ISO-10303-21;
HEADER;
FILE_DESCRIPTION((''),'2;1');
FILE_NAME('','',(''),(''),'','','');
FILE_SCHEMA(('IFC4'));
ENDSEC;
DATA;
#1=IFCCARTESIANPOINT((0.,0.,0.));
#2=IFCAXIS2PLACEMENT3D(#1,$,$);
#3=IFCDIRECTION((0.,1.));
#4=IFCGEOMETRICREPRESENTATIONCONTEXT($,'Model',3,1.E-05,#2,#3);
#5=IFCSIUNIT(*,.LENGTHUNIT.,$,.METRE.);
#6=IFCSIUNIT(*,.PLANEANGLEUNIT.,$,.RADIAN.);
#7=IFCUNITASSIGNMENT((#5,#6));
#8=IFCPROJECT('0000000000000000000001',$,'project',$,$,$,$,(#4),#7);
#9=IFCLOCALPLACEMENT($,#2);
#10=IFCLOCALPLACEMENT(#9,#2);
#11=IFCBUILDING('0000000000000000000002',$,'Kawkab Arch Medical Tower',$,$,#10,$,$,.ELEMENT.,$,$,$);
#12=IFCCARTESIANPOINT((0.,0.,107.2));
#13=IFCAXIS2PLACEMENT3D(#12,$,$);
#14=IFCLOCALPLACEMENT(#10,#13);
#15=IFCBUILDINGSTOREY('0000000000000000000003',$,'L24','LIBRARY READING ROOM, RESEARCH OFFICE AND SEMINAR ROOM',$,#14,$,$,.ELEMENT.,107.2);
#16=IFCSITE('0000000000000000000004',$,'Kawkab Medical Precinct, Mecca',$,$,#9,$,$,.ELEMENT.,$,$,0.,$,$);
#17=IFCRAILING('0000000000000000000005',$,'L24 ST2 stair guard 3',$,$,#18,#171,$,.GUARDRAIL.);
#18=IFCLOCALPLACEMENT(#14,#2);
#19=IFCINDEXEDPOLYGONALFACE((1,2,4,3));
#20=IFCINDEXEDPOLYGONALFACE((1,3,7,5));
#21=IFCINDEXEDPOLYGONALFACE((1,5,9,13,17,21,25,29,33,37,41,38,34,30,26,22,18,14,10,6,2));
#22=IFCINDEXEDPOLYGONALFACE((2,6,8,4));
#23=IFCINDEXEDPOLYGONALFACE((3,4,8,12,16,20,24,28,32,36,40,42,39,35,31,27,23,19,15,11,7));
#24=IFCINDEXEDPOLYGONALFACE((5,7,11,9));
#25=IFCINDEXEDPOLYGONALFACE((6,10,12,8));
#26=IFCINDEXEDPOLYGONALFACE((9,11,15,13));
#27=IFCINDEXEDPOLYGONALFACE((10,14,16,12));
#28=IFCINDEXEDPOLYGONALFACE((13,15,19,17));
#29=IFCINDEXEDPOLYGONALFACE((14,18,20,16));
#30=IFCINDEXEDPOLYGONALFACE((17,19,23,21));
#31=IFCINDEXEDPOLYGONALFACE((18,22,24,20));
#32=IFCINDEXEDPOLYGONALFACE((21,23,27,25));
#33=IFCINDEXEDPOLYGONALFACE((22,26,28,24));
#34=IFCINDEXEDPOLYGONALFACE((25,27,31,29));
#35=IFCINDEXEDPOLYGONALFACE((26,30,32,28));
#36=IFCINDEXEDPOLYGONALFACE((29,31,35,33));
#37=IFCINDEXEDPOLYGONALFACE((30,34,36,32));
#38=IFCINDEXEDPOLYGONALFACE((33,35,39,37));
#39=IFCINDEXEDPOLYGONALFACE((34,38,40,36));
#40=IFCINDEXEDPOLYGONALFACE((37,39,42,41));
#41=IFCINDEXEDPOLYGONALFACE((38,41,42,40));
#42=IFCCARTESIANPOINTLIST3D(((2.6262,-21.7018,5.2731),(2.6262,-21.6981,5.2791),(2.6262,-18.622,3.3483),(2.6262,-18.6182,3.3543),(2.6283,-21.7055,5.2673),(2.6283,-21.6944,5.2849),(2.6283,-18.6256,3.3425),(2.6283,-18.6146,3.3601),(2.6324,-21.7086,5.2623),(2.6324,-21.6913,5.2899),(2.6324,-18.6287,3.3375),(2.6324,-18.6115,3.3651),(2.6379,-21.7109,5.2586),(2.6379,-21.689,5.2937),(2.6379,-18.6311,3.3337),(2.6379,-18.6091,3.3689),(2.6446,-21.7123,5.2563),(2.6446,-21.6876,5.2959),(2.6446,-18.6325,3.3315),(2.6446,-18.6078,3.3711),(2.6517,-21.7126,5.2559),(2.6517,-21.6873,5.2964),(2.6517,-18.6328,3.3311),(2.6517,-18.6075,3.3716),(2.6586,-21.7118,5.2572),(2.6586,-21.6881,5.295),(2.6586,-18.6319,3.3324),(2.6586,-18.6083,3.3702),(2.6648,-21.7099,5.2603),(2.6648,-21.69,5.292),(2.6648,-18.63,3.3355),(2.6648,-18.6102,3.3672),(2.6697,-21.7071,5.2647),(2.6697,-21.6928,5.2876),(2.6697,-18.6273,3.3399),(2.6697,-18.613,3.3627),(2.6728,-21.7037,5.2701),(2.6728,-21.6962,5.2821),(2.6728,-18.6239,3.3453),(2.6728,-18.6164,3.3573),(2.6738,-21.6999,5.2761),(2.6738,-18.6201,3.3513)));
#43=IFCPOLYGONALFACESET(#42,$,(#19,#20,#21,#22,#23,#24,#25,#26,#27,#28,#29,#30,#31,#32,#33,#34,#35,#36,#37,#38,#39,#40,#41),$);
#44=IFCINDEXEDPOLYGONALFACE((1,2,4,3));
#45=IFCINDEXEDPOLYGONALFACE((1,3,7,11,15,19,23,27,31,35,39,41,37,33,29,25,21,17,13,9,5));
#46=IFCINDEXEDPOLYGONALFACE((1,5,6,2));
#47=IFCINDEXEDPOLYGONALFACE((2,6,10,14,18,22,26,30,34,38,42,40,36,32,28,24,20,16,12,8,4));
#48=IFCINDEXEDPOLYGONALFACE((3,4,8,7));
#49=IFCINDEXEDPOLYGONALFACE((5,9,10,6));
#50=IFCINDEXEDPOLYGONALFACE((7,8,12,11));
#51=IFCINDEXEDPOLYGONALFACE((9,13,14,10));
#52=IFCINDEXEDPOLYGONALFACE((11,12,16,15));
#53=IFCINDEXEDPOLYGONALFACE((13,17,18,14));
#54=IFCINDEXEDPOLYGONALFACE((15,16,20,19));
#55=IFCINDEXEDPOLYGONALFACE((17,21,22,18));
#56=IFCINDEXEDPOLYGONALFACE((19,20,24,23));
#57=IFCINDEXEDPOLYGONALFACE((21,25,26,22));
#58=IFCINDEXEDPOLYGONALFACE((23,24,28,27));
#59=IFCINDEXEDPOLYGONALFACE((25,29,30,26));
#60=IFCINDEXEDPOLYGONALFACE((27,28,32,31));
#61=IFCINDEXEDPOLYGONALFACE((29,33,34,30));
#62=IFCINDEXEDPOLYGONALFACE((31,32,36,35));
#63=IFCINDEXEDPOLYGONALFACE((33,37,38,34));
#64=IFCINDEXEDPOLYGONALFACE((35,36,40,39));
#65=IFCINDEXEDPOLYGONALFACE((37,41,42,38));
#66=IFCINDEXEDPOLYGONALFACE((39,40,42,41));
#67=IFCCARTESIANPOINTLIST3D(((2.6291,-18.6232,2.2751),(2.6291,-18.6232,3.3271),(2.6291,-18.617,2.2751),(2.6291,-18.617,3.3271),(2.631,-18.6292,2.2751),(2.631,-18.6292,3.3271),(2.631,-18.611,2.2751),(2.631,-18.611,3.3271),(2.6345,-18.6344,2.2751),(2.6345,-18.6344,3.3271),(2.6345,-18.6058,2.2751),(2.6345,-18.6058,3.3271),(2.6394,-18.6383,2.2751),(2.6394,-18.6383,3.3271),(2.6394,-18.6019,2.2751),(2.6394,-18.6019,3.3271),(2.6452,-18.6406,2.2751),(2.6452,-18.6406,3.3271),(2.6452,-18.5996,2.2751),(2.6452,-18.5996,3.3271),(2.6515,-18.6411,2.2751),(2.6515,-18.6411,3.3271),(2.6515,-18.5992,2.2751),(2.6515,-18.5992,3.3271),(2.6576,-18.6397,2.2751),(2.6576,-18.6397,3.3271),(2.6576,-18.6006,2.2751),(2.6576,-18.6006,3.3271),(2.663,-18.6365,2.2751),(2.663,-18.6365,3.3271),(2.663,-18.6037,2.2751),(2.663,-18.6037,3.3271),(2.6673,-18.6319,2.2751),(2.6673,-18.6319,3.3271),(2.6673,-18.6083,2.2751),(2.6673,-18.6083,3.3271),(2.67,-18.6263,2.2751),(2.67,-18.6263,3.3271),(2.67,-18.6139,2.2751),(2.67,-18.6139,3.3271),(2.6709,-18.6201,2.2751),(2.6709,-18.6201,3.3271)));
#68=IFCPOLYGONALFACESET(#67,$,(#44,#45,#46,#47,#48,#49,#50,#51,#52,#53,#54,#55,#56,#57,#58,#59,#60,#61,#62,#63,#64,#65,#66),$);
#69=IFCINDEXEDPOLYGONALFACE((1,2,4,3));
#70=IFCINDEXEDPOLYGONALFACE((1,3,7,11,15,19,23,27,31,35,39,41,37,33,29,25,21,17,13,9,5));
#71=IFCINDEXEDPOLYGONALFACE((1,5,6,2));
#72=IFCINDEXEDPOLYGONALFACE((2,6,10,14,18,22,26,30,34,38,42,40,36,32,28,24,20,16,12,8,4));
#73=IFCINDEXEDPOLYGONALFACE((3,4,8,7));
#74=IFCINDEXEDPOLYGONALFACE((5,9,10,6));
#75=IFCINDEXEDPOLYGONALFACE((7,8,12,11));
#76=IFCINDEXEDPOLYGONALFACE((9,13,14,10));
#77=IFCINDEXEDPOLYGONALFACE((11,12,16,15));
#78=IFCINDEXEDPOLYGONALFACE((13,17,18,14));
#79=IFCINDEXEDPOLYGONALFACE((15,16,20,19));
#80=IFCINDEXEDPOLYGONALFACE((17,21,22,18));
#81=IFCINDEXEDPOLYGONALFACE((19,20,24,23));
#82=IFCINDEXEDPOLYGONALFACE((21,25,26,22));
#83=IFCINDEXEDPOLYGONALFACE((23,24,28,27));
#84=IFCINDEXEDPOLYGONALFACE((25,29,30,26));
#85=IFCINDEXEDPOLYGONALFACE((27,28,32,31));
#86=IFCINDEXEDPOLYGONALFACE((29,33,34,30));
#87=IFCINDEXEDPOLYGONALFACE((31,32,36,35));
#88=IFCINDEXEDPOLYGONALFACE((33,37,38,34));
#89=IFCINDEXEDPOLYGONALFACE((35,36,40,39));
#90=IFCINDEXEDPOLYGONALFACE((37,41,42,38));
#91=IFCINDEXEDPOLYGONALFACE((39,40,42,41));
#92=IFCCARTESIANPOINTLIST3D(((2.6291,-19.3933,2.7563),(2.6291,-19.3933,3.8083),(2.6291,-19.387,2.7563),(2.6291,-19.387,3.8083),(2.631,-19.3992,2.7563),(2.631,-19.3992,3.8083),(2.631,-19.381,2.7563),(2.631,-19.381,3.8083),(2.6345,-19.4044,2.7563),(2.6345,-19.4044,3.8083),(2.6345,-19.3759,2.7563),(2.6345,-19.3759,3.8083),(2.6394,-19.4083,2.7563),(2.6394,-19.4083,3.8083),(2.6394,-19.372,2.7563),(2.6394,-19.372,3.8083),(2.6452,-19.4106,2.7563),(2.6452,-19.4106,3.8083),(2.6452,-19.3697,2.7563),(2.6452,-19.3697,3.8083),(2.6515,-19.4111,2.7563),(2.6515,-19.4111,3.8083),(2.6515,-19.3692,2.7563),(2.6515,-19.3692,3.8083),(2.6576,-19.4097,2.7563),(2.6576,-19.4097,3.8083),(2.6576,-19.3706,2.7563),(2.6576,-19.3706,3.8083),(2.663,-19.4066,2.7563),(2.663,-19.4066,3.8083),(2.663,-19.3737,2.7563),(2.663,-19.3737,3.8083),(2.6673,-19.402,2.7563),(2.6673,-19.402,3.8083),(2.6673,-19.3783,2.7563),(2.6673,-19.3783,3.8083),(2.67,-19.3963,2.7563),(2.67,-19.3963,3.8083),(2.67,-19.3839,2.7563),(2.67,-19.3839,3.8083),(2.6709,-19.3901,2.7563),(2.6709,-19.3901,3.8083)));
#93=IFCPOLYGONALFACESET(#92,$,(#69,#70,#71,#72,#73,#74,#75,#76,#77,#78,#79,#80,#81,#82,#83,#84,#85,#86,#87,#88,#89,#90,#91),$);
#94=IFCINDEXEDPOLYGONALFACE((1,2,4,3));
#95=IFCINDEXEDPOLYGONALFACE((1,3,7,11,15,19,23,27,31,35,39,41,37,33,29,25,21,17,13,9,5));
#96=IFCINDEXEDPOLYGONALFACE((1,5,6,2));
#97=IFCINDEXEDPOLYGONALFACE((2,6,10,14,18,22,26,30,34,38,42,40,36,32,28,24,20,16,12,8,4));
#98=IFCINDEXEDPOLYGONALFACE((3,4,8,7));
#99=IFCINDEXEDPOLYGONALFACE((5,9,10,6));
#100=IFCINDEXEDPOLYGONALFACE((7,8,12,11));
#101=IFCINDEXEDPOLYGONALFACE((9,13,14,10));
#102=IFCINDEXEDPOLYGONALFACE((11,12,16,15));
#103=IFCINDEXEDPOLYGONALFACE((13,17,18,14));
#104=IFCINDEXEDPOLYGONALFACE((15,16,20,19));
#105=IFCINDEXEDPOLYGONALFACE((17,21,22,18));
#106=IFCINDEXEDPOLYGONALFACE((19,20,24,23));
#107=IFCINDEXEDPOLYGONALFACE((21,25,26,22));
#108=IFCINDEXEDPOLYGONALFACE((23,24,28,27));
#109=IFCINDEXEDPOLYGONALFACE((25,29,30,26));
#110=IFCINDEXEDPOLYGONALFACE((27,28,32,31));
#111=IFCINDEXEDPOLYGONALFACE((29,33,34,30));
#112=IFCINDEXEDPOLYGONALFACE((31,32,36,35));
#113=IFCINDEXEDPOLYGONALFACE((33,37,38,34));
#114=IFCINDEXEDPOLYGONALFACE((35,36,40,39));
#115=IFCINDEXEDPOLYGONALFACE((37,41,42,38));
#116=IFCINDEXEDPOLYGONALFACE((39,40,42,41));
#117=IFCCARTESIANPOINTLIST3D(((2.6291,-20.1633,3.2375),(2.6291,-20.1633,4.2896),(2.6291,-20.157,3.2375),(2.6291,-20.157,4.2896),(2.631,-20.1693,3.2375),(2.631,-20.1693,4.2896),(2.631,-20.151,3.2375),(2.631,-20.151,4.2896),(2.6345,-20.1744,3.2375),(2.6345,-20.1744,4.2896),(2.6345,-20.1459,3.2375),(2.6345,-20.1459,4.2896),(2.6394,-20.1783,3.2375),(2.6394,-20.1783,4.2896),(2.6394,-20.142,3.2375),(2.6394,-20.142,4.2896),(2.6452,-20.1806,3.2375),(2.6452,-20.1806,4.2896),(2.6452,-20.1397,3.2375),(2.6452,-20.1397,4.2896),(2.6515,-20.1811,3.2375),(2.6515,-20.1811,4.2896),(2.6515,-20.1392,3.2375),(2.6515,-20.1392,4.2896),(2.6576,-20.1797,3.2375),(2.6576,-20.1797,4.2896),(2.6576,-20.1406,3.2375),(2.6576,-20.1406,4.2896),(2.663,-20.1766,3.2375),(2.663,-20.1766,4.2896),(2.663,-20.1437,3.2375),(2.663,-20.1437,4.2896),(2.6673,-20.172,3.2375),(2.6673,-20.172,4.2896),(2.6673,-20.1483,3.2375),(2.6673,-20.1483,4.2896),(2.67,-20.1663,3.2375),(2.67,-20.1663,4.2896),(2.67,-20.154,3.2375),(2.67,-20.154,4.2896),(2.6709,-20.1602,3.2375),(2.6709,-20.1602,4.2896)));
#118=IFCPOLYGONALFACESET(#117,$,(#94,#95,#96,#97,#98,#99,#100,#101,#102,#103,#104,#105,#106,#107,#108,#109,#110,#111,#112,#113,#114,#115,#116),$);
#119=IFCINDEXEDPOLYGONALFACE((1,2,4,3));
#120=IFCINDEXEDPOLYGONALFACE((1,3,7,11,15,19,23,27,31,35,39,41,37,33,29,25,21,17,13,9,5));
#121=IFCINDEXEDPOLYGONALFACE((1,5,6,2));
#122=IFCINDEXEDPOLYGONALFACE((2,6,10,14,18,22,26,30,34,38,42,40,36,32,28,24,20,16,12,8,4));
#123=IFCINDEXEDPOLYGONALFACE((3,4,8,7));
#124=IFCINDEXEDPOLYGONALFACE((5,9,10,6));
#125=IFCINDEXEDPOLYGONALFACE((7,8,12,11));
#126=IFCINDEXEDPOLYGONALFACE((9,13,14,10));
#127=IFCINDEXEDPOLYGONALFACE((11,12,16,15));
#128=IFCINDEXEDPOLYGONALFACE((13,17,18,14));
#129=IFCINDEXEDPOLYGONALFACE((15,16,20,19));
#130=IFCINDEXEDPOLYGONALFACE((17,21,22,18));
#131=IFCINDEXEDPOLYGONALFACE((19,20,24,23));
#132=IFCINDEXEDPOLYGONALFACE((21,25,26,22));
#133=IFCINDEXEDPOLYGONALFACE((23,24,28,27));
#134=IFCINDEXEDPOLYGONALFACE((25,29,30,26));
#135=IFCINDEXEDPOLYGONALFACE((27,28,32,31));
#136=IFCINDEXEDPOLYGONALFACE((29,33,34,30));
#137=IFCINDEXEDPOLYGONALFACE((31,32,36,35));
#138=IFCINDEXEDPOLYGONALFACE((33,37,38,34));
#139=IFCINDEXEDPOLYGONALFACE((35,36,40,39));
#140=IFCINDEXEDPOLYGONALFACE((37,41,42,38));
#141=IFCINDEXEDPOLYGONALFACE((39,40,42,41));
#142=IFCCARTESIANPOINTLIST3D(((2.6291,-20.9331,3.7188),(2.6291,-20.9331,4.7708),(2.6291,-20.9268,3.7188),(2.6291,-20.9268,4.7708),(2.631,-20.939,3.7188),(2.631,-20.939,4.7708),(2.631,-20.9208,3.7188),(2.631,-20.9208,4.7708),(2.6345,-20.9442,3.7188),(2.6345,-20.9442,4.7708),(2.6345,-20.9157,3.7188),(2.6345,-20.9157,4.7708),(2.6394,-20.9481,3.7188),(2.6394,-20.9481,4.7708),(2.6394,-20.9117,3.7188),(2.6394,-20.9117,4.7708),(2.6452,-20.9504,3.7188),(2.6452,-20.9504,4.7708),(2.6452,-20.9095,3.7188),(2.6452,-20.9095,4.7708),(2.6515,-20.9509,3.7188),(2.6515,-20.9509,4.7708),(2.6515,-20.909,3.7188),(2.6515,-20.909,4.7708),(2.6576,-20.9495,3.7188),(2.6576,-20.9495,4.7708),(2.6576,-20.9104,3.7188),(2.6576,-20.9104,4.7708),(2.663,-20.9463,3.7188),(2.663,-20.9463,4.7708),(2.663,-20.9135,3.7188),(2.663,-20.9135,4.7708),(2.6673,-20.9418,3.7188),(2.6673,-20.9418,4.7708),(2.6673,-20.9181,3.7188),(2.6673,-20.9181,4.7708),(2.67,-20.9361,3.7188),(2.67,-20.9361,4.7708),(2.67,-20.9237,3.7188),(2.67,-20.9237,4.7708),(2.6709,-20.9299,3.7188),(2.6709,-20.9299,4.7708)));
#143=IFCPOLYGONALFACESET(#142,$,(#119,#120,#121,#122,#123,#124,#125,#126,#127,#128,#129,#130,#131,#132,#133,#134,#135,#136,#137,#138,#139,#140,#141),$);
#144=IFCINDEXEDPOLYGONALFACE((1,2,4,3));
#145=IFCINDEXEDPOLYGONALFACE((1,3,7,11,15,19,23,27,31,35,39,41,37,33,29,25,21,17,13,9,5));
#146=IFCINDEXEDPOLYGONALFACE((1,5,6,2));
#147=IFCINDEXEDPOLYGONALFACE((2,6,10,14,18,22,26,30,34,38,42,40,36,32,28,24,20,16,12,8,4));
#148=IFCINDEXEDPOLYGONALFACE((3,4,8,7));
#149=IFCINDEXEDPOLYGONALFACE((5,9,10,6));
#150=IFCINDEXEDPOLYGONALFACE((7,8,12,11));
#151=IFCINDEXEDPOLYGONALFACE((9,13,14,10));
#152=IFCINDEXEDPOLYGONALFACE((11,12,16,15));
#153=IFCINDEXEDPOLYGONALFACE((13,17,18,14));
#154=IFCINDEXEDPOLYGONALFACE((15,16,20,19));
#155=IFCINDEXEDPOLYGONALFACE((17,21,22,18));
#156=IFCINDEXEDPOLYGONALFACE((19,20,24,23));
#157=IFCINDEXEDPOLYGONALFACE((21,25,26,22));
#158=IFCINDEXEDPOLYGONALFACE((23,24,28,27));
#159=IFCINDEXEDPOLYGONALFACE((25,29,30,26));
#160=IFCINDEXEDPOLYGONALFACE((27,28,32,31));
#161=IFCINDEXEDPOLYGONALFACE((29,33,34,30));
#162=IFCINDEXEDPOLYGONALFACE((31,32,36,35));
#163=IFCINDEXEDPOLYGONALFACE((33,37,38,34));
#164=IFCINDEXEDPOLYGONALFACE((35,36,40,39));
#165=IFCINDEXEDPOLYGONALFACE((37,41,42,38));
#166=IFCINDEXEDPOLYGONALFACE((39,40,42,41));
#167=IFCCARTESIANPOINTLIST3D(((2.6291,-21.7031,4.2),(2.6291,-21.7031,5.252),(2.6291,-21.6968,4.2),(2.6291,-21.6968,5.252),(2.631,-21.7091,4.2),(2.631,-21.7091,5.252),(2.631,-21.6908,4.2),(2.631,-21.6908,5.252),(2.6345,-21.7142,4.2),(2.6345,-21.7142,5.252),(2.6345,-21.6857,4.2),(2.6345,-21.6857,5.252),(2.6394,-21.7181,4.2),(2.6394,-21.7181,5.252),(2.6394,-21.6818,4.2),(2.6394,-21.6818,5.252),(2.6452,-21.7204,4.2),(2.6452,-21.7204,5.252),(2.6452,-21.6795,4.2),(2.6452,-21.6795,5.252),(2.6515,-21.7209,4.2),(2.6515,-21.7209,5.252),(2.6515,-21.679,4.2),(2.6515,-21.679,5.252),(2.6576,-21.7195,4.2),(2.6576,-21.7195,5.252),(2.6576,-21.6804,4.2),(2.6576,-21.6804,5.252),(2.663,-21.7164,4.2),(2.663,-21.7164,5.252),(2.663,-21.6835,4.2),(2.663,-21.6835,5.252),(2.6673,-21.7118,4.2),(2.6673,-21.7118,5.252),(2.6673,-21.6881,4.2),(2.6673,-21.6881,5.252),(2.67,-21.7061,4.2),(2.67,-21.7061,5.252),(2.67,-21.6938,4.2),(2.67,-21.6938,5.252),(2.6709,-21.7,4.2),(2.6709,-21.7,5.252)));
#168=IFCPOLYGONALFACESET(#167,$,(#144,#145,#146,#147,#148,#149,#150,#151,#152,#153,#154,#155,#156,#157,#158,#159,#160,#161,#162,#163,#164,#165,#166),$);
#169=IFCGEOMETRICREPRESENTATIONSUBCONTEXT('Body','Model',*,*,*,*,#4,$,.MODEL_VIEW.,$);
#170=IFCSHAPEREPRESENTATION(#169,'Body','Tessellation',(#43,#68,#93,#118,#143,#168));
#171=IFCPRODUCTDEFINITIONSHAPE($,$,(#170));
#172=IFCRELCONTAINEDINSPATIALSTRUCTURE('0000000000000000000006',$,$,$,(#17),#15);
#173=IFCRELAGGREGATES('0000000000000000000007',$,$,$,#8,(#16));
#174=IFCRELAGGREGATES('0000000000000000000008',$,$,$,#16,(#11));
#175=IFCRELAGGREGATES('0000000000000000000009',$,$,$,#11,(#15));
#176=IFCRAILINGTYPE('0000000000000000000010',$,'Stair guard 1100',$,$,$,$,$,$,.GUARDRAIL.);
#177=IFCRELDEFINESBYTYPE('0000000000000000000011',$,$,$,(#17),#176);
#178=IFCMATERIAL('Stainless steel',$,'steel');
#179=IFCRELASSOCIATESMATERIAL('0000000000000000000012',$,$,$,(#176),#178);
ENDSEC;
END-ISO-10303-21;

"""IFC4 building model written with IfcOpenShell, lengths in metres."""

from ifc_helpers import new_model, si_unit, direction, frame, origin, origin_2d, place, context, subcontext, project, spatial, circle, extrude, material, type_object, element, save


model = new_model("IFC4")

# Units and contexts
model_context = context("Model", 3, precision=1e-05, world=origin(), true_north=direction((0.0, 1.0)))
body_context = subcontext(model_context, "Body", "Model", "MODEL_VIEW")
ifc_project = project(units=[si_unit("LENGTHUNIT", "METRE"), si_unit("PLANEANGLEUNIT", "RADIAN")], contexts=[model_context])

# Site, building, storey
site_placement = place(None, origin())
site = spatial("IfcSite", under=ifc_project, at=site_placement, Name="Kawkab Medical Precinct, Mecca", CompositionType="ELEMENT", RefElevation=0.0)
building_placement = place(site_placement, origin())
building = spatial("IfcBuilding", under=site, at=building_placement, Name="Kawkab Arch Medical Tower", CompositionType="ELEMENT")
storey_placement = place(building_placement, frame((0.0, 0.0, 107.2)))
storey = spatial("IfcBuildingStorey", under=building, at=storey_placement, Name="L24", Description="LIBRARY READING ROOM, RESEARCH OFFICE AND SEMINAR ROOM", CompositionType="ELEMENT", Elevation=107.2)

# Railing
ifc_material_1 = material(Name="Stainless steel", Category="steel")
railing_type = type_object("IfcRailingType", Name="Stair guard 1100", PredefinedType="GUARDRAIL", material=ifc_material_1)
railing_1_placement = place(storey_placement, frame((2.6499, -18.6201, 2.2751)))
element("IfcRailing", 1, at=railing_1_placement, inside=storey, type_object=railing_type, Name="L24 ST2 stair guard 3", PredefinedType="GUARDRAIL", context=body_context, shape_type="SweptSolid", body=[
    extrude(circle(Radius=0.0239, at=origin_2d()), frame((0.0, 0.0, 1.0762), z_axis=(0.0, -0.84801, 0.529981), x_axis=(1.0, 0.0, 0.0)), (0.0, 0.0, 1.0), 3.6318),
    extrude(circle(Radius=0.021, at=origin_2d()), origin(), (0.0, 0.0, 1.0), 1.052),
    extrude(circle(Radius=0.021, at=origin_2d()), frame((0.0, -0.77, 0.4812)), (0.0, 0.0, 1.0), 1.052),
    extrude(circle(Radius=0.021, at=origin_2d()), frame((0.0, -1.54, 0.9624)), (0.0, 0.0, 1.0), 1.052),
    extrude(circle(Radius=0.021, at=origin_2d()), frame((0.0, -2.3098, 1.4436)), (0.0, 0.0, 1.0), 1.052),
    extrude(circle(Radius=0.021, at=origin_2d()), frame((0.0, -3.0798, 1.9248)), (0.0, 0.0, 1.0), 1.052),
])

save(model, "model.ifc")
